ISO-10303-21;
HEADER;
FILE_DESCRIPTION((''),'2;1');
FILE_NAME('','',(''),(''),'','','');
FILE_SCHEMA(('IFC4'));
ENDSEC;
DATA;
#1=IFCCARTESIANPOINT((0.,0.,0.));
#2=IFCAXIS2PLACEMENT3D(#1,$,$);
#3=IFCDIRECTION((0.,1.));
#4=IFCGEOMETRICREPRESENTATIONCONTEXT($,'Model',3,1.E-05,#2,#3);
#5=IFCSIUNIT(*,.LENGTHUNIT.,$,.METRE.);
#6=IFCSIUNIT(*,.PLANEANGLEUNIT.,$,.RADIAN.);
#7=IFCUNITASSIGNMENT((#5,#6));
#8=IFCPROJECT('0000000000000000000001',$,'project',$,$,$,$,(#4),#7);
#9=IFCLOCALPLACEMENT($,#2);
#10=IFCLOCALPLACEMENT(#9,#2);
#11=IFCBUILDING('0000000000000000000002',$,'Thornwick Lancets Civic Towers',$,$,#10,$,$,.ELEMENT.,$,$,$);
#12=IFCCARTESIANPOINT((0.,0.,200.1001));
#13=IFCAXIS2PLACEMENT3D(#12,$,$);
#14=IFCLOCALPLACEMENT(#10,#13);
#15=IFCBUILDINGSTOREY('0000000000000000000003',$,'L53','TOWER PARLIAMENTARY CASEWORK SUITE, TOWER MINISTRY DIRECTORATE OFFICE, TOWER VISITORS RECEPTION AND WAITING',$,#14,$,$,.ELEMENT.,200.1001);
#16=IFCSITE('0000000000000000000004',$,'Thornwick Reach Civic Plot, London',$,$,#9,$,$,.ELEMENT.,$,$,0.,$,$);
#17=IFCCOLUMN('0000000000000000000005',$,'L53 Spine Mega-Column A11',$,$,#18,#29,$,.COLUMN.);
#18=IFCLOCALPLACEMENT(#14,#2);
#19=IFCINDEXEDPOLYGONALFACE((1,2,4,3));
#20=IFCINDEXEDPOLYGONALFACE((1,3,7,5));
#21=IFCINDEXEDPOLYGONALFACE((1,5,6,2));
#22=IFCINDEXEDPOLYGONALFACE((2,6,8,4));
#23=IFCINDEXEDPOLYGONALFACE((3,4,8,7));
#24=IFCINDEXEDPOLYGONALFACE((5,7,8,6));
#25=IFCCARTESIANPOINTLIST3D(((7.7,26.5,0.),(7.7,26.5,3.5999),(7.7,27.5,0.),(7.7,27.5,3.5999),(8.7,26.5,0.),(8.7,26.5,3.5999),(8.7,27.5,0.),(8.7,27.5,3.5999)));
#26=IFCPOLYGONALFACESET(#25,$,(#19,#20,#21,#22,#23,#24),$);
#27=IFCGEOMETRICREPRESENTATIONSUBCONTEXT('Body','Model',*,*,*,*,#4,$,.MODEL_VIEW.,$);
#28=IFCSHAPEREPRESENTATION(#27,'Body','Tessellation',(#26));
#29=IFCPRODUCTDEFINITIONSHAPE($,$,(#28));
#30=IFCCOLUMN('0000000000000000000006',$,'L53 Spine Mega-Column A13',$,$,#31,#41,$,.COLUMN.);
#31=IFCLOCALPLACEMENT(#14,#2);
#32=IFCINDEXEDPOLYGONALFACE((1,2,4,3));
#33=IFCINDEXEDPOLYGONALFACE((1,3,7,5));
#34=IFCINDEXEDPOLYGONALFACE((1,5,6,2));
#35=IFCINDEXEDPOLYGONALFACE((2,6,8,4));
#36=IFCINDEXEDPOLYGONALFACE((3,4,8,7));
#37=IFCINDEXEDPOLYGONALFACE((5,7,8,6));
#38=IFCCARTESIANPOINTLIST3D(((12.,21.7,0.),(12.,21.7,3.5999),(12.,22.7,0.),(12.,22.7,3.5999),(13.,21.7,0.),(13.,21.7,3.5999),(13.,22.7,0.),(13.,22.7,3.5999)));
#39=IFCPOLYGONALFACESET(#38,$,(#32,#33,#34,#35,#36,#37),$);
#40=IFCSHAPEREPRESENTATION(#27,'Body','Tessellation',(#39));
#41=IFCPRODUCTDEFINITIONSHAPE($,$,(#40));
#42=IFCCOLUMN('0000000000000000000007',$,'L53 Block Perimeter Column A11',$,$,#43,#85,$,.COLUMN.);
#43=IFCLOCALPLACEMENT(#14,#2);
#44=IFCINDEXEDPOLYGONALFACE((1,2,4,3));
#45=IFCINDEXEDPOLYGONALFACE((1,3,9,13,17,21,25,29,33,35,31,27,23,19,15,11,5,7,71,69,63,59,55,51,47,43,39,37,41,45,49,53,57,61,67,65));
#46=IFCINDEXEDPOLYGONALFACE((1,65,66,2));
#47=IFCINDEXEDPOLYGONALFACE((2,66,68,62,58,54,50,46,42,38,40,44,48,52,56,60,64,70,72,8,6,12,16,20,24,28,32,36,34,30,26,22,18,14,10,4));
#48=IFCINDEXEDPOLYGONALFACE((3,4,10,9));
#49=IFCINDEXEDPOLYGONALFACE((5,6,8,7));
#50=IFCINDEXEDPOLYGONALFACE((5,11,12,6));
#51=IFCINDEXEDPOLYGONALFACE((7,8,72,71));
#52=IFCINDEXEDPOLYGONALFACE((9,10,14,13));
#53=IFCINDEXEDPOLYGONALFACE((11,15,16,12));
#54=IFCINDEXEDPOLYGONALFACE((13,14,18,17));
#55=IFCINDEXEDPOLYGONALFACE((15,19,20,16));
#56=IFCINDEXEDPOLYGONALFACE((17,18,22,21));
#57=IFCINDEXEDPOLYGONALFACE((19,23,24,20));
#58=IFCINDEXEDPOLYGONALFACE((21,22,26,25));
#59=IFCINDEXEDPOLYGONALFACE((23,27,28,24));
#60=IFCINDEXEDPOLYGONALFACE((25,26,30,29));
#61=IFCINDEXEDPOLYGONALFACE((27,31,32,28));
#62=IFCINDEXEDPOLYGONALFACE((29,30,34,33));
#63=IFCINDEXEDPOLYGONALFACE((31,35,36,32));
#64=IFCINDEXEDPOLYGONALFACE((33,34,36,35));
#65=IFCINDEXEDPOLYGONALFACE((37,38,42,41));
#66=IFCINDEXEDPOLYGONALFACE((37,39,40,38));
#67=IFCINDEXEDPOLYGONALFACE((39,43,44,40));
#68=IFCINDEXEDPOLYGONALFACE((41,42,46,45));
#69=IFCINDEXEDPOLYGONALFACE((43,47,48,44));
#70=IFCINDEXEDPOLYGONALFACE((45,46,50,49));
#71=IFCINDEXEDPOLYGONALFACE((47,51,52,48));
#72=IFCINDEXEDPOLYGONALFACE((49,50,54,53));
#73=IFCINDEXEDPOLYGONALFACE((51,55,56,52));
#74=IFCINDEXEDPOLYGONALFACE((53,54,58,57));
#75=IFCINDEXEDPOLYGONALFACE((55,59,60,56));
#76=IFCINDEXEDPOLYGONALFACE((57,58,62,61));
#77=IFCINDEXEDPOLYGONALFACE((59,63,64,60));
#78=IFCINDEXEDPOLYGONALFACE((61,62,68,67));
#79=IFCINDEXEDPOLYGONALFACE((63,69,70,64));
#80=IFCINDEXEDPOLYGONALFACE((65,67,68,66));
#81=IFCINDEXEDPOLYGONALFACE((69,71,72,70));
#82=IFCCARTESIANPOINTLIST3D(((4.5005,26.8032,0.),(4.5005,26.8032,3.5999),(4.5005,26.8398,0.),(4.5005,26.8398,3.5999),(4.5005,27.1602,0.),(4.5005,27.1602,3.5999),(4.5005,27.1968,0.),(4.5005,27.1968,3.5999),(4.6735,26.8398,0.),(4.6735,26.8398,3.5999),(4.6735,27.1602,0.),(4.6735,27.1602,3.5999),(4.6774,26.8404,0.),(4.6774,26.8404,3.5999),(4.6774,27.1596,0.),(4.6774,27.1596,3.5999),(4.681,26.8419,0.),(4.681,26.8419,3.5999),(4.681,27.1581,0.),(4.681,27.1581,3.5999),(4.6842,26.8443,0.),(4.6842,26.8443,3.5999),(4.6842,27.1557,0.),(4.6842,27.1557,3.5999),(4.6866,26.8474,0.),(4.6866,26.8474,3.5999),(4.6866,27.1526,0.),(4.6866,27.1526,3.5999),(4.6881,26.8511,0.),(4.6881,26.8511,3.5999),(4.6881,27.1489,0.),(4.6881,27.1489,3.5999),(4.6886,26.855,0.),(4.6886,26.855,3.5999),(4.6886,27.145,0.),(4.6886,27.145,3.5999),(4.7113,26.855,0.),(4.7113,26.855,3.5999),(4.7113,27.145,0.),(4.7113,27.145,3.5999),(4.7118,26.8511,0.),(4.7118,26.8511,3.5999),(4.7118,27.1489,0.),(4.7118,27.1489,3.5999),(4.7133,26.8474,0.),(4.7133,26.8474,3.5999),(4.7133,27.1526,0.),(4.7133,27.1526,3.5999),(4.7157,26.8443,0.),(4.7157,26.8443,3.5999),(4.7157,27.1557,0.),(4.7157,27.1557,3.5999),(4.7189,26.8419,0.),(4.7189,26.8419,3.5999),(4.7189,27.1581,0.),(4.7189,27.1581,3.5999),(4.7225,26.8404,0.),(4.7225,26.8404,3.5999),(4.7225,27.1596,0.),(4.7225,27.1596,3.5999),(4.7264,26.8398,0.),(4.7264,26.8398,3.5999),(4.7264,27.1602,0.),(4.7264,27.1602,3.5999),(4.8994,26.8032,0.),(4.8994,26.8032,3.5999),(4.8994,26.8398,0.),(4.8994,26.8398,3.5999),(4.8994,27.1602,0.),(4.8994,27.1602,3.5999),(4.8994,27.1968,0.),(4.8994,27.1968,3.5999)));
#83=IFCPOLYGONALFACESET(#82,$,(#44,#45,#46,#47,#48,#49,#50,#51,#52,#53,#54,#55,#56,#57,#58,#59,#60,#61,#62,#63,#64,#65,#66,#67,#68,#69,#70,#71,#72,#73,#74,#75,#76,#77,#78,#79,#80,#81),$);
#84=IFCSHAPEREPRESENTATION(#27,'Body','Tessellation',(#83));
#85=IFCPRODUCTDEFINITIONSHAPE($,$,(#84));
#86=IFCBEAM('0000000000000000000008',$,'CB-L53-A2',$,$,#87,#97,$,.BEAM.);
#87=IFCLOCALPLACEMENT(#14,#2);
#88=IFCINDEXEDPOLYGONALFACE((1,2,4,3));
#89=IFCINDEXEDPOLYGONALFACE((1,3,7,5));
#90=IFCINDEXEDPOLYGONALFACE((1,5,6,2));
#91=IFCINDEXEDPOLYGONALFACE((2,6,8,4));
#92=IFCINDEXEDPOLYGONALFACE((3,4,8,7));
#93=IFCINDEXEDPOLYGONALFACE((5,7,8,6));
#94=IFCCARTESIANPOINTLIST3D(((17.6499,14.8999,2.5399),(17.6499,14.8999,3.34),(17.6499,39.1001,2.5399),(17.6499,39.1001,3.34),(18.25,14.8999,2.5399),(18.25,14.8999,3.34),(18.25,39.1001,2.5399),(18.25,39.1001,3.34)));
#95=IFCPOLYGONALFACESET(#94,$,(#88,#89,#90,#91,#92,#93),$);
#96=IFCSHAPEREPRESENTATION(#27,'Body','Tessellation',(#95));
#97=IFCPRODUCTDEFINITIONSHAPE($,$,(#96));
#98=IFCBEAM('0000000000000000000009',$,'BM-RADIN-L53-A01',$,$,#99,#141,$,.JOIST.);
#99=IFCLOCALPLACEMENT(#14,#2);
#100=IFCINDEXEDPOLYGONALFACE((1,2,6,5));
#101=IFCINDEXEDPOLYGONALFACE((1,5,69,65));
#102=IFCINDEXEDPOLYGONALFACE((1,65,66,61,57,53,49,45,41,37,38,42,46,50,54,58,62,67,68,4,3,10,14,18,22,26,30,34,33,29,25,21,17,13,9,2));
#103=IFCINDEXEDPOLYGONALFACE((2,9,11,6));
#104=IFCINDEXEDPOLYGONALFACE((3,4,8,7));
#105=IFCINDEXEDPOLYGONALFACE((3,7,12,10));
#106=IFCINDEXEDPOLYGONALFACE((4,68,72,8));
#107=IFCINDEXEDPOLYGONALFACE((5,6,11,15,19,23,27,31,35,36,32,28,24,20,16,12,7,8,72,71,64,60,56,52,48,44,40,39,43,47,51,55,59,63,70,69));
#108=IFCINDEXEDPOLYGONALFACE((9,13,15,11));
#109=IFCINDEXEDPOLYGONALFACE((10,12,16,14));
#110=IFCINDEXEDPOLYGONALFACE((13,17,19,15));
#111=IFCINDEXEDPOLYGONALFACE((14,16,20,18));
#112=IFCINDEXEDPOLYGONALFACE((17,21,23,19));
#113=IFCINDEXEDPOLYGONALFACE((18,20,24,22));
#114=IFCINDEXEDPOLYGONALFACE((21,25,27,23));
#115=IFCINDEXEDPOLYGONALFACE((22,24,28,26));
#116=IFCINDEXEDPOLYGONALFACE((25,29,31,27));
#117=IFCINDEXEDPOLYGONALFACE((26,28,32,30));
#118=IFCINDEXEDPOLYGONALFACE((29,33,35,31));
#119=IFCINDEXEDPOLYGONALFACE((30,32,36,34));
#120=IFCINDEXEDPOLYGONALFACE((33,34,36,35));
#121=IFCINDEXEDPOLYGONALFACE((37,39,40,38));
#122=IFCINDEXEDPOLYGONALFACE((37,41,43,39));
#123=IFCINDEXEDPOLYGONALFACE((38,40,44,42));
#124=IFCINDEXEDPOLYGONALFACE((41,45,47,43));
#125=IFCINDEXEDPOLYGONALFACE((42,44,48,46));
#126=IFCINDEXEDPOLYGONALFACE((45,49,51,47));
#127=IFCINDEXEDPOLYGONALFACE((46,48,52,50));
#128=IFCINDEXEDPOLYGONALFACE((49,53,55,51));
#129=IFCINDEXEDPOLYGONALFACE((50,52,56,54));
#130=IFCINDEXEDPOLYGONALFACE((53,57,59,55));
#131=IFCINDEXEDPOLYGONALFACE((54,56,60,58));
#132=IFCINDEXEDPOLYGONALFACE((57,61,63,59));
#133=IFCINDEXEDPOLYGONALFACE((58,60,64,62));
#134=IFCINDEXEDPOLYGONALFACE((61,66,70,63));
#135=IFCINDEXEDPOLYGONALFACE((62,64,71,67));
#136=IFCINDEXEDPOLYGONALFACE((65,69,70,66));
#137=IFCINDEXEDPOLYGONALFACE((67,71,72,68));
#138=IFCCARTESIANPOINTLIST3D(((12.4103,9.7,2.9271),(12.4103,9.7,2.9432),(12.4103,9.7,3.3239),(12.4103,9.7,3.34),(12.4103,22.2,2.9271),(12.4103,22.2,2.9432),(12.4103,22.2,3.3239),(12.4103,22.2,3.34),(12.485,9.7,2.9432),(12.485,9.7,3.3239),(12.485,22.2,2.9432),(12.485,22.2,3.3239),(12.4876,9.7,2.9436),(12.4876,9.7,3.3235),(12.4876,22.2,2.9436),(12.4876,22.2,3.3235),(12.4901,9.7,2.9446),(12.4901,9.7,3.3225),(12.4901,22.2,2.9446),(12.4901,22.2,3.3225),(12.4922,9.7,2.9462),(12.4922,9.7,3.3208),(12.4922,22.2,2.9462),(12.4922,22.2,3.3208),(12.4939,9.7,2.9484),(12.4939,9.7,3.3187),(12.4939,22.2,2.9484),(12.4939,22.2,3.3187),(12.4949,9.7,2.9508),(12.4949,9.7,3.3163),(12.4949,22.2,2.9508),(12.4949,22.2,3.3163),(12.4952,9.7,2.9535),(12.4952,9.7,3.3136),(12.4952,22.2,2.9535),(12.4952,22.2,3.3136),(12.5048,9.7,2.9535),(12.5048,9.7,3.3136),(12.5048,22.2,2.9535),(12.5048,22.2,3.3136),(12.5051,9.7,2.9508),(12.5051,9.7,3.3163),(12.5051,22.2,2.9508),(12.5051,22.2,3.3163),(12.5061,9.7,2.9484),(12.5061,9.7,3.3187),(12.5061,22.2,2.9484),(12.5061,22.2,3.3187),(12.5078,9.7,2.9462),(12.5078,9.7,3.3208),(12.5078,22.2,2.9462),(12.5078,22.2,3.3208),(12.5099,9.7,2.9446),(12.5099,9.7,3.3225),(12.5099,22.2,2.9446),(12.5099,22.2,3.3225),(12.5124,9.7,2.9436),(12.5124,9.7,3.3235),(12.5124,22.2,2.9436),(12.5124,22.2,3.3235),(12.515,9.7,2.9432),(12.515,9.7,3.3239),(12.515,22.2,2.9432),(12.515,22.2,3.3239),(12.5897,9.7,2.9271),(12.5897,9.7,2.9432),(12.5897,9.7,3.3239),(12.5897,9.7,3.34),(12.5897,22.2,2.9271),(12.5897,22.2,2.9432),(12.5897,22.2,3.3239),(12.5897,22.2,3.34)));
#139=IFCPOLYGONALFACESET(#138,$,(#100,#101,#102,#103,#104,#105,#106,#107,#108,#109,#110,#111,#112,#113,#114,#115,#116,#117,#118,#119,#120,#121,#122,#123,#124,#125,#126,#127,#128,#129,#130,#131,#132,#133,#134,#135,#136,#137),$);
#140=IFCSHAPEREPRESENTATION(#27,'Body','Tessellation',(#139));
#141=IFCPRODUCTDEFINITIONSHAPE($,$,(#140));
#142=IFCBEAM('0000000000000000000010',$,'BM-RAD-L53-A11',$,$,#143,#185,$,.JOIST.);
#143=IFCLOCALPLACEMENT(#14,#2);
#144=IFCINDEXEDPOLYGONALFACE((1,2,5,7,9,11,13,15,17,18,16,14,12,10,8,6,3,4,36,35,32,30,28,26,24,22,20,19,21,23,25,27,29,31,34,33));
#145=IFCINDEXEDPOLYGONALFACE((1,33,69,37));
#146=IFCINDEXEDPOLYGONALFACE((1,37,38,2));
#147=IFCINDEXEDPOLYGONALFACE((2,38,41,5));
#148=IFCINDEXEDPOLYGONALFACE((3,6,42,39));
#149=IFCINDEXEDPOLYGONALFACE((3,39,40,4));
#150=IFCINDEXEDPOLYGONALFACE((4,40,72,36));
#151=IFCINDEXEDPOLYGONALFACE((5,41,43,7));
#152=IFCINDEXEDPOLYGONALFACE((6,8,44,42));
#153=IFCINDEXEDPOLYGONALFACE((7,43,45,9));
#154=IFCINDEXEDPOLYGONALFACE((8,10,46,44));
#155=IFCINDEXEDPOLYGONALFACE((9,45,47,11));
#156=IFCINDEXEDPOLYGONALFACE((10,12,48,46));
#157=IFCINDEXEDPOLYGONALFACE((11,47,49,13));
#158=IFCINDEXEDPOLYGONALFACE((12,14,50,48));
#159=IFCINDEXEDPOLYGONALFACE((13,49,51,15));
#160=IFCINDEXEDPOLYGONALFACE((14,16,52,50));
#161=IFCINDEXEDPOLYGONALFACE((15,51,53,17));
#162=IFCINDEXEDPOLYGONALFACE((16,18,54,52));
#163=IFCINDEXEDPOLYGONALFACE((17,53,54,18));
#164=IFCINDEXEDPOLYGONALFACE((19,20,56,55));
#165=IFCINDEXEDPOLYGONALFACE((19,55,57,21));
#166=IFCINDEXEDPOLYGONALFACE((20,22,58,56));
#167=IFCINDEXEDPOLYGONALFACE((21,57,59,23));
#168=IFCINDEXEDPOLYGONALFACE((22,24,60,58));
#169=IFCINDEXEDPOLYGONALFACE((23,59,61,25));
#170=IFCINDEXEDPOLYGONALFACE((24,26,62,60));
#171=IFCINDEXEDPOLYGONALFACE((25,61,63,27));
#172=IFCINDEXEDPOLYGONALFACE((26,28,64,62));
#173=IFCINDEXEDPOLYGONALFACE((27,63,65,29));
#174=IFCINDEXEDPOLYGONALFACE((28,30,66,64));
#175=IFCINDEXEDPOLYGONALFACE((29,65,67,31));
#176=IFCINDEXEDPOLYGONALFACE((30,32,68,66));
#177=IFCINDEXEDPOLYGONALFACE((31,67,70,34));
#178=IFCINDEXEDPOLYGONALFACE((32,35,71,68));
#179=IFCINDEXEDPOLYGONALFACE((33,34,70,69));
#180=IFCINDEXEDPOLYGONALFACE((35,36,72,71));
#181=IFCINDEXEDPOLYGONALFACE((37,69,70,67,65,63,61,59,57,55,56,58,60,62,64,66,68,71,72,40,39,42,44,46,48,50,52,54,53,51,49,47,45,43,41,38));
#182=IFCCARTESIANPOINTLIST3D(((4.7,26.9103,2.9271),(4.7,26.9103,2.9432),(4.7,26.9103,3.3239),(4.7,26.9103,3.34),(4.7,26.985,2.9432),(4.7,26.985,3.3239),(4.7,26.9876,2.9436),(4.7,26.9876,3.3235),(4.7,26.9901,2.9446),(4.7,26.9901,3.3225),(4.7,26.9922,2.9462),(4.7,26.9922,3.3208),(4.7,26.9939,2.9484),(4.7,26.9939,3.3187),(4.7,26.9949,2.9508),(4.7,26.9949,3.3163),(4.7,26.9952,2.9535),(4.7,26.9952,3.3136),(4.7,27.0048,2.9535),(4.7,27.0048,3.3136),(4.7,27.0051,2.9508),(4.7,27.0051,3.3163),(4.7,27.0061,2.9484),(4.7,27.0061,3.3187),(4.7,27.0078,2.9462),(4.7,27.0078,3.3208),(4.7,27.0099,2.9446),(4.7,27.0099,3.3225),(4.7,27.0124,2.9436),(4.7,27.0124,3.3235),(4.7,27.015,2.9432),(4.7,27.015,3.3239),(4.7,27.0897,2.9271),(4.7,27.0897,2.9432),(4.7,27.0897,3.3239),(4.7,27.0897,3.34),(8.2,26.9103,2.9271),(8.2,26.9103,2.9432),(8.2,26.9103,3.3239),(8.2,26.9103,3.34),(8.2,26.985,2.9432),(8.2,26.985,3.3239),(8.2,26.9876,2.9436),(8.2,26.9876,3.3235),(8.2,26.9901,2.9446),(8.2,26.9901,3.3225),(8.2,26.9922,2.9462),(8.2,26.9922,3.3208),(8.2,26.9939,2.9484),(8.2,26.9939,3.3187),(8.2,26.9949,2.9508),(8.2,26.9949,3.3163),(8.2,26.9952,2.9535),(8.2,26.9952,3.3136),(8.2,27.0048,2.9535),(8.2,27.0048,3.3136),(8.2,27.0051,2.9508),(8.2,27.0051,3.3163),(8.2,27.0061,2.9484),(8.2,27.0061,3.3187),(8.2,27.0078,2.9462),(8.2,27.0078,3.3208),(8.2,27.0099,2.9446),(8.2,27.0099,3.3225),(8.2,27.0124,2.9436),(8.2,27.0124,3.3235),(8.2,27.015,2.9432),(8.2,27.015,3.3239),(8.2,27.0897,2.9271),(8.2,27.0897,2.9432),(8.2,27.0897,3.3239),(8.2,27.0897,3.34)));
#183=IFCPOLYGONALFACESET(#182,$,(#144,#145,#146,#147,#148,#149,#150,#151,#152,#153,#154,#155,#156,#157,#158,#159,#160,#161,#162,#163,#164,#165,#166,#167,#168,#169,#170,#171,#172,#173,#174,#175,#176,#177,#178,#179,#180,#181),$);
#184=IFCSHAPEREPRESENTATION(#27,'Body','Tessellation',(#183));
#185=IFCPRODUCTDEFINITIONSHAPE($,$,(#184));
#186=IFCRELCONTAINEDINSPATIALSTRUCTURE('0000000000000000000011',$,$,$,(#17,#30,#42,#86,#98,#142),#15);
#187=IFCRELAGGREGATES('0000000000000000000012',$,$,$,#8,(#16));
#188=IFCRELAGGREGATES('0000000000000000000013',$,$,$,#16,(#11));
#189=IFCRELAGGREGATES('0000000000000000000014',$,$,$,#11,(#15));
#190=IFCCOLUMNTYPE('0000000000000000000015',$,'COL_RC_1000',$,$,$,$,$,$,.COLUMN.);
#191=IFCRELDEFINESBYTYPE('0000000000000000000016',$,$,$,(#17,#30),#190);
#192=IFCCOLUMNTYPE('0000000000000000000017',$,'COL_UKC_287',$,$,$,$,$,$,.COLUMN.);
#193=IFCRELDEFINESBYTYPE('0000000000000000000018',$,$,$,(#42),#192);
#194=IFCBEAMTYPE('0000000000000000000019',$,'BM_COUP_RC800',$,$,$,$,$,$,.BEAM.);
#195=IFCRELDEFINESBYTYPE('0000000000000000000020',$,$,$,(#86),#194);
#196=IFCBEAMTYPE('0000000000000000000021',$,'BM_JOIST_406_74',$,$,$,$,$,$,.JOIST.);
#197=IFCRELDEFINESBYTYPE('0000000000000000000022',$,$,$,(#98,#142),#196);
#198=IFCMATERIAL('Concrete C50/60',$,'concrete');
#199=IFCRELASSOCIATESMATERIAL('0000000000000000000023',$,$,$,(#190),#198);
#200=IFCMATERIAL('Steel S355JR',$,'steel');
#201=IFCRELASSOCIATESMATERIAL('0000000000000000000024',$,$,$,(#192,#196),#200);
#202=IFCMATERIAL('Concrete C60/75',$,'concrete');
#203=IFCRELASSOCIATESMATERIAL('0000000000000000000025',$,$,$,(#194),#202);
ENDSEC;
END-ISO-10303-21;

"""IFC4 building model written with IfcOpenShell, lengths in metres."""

from ifc_helpers import new_model, si_unit, direction, frame, origin, origin_2d, place, context, subcontext, project, spatial, rectangle, i_section, extrude, material, material_profile, profile_set, type_object, element, save


model = new_model("IFC4")

# Units and contexts
model_context = context("Model", 3, precision=1e-05, world=origin(), true_north=direction((0.0, 1.0)))
body_context = subcontext(model_context, "Body", "Model", "MODEL_VIEW")
ifc_project = project(units=[si_unit("LENGTHUNIT", "METRE"), si_unit("PLANEANGLEUNIT", "RADIAN")], contexts=[model_context])

# Site, building, storey
site_placement = place(None, origin())
site = spatial("IfcSite", under=ifc_project, at=site_placement, Name="Thornwick Reach Civic Plot, London", CompositionType="ELEMENT", RefElevation=0.0)
building_placement = place(site_placement, origin())
building = spatial("IfcBuilding", under=site, at=building_placement, Name="Thornwick Lancets Civic Towers", CompositionType="ELEMENT")
storey_placement = place(building_placement, frame((0.0, 0.0, 200.1001)))
storey = spatial("IfcBuildingStorey", under=building, at=storey_placement, Name="L53", Description="TOWER PARLIAMENTARY CASEWORK SUITE, TOWER MINISTRY DIRECTORATE OFFICE, TOWER VISITORS RECEPTION AND WAITING", CompositionType="ELEMENT", Elevation=200.1001)

# Columns
ifc_material_1 = material(Name="Concrete C50/60", Category="concrete")
ifc_material_profile_1 = material_profile(ifc_material_1, rectangle(XDim=1.0, YDim=1.0, at=origin_2d()), Name="RC 1000x1000")
ifc_profile_set_1 = profile_set([ifc_material_profile_1], Name="Concrete C50/60")
column_type_1 = type_object("IfcColumnType", Name="COL_RC_1000", PredefinedType="COLUMN", material=ifc_profile_set_1)
for number, where, z_axis, x_axis, name in (
    (1, (8.2, 27.0, 0.0), (0.0, 0.0, 1.0), (1.0, 0.0, 0.0), "L53 Spine Mega-Column A11"),
    (2, (12.5, 22.2, 0.0), (0.0, 0.0, 1.0), (1.0, 0.0, 0.0), "L53 Spine Mega-Column A13"),
):
    element("IfcColumn", number, at=place(storey_placement, frame(where, z_axis=z_axis, x_axis=x_axis)), inside=storey, type_object=column_type_1, Name=name, PredefinedType="COLUMN", context=body_context, shape_type="SweptSolid", body=[
        extrude(rectangle(XDim=1.0, YDim=1.0, at=origin_2d()), origin(), (0.0, 0.0, 1.0), 3.5999),
    ])
ifc_material_2 = material(Name="Steel S355JR", Category="steel")
ifc_material_profile_2 = material_profile(ifc_material_2, i_section(OverallWidth=0.3989, OverallDepth=0.3936, WebThickness=0.0227, FlangeThickness=0.0366, FilletRadius=0.0151, at=origin_2d()), Name="UKC 356x406x287")
ifc_profile_set_2 = profile_set([ifc_material_profile_2], Name="Steel S355JR")
column_type_2 = type_object("IfcColumnType", Name="COL_UKC_287", PredefinedType="COLUMN", material=ifc_profile_set_2)
column_placement = place(storey_placement, frame((4.7, 27.0, 0.0), z_axis=(0.0, 0.0, 1.0), x_axis=(1.0, 0.0, 0.0)))
element("IfcColumn", 3, at=column_placement, inside=storey, type_object=column_type_2, Name="L53 Block Perimeter Column A11", PredefinedType="COLUMN", context=body_context, shape_type="SweptSolid", body=[
    extrude(i_section(OverallWidth=0.3989, OverallDepth=0.3936, WebThickness=0.0227, FlangeThickness=0.0366, FilletRadius=0.0151, at=origin_2d()), origin(), (0.0, 0.0, 1.0), 3.5999),
])

# Beams
ifc_material_3 = material(Name="Concrete C60/75", Category="concrete")
ifc_material_profile_3 = material_profile(ifc_material_3, rectangle(XDim=0.6001, YDim=0.8, at=origin_2d()), Name="RC 600x800")
ifc_profile_set_3 = profile_set([ifc_material_profile_3], Name="Concrete C60/75")
beam_type_1 = type_object("IfcBeamType", Name="BM_COUP_RC800", PredefinedType="BEAM", material=ifc_profile_set_3)
beam_1_placement = place(storey_placement, frame((17.95, 14.8999, 2.9399), z_axis=(0.0, 1.0, 0.0), x_axis=(-1.0, 0.0, 0.0)))
element("IfcBeam", 4, at=beam_1_placement, inside=storey, type_object=beam_type_1, Name="CB-L53-A2", PredefinedType="BEAM", context=body_context, shape_type="SweptSolid", body=[
    extrude(rectangle(XDim=0.6001, YDim=0.8, at=origin_2d()), origin(), (0.0, 0.0, 1.0), 24.2002),
])
ifc_material_profile_4 = material_profile(ifc_material_2, i_section(OverallWidth=0.1794, OverallDepth=0.4128, WebThickness=0.0095, FlangeThickness=0.0161, FilletRadius=0.0103, at=origin_2d()), Name="UKB 406x178x74")
ifc_profile_set_4 = profile_set([ifc_material_profile_4], Name="Steel S355JR")
beam_type_2 = type_object("IfcBeamType", Name="BM_JOIST_406_74", PredefinedType="JOIST", material=ifc_profile_set_4)
beam_2_placement = place(storey_placement, frame((12.5, 22.2, 3.1335), z_axis=(0.0, -1.0, 0.0), x_axis=(1.0, 0.0, 0.0)))
element("IfcBeam", 5, at=beam_2_placement, inside=storey, type_object=beam_type_2, Name="BM-RADIN-L53-A01", PredefinedType="JOIST", context=body_context, shape_type="SweptSolid", body=[
    extrude(i_section(OverallWidth=0.1794, OverallDepth=0.4128, WebThickness=0.0095, FlangeThickness=0.0161, FilletRadius=0.0103, at=origin_2d()), origin(), (0.0, 0.0, 1.0), 12.5),
])
beam_3_placement = place(storey_placement, frame((8.2, 27.0, 3.1335), z_axis=(-1.0, 0.0, 0.0), x_axis=(0.0, -1.0, 0.0)))
element("IfcBeam", 6, at=beam_3_placement, inside=storey, type_object=beam_type_2, Name="BM-RAD-L53-A11", PredefinedType="JOIST", context=body_context, shape_type="SweptSolid", body=[
    extrude(i_section(OverallWidth=0.1794, OverallDepth=0.4128, WebThickness=0.0095, FlangeThickness=0.0161, FilletRadius=0.0103, at=origin_2d()), origin(), (0.0, 0.0, 1.0), 3.5),
])

save(model, "model.ifc")
